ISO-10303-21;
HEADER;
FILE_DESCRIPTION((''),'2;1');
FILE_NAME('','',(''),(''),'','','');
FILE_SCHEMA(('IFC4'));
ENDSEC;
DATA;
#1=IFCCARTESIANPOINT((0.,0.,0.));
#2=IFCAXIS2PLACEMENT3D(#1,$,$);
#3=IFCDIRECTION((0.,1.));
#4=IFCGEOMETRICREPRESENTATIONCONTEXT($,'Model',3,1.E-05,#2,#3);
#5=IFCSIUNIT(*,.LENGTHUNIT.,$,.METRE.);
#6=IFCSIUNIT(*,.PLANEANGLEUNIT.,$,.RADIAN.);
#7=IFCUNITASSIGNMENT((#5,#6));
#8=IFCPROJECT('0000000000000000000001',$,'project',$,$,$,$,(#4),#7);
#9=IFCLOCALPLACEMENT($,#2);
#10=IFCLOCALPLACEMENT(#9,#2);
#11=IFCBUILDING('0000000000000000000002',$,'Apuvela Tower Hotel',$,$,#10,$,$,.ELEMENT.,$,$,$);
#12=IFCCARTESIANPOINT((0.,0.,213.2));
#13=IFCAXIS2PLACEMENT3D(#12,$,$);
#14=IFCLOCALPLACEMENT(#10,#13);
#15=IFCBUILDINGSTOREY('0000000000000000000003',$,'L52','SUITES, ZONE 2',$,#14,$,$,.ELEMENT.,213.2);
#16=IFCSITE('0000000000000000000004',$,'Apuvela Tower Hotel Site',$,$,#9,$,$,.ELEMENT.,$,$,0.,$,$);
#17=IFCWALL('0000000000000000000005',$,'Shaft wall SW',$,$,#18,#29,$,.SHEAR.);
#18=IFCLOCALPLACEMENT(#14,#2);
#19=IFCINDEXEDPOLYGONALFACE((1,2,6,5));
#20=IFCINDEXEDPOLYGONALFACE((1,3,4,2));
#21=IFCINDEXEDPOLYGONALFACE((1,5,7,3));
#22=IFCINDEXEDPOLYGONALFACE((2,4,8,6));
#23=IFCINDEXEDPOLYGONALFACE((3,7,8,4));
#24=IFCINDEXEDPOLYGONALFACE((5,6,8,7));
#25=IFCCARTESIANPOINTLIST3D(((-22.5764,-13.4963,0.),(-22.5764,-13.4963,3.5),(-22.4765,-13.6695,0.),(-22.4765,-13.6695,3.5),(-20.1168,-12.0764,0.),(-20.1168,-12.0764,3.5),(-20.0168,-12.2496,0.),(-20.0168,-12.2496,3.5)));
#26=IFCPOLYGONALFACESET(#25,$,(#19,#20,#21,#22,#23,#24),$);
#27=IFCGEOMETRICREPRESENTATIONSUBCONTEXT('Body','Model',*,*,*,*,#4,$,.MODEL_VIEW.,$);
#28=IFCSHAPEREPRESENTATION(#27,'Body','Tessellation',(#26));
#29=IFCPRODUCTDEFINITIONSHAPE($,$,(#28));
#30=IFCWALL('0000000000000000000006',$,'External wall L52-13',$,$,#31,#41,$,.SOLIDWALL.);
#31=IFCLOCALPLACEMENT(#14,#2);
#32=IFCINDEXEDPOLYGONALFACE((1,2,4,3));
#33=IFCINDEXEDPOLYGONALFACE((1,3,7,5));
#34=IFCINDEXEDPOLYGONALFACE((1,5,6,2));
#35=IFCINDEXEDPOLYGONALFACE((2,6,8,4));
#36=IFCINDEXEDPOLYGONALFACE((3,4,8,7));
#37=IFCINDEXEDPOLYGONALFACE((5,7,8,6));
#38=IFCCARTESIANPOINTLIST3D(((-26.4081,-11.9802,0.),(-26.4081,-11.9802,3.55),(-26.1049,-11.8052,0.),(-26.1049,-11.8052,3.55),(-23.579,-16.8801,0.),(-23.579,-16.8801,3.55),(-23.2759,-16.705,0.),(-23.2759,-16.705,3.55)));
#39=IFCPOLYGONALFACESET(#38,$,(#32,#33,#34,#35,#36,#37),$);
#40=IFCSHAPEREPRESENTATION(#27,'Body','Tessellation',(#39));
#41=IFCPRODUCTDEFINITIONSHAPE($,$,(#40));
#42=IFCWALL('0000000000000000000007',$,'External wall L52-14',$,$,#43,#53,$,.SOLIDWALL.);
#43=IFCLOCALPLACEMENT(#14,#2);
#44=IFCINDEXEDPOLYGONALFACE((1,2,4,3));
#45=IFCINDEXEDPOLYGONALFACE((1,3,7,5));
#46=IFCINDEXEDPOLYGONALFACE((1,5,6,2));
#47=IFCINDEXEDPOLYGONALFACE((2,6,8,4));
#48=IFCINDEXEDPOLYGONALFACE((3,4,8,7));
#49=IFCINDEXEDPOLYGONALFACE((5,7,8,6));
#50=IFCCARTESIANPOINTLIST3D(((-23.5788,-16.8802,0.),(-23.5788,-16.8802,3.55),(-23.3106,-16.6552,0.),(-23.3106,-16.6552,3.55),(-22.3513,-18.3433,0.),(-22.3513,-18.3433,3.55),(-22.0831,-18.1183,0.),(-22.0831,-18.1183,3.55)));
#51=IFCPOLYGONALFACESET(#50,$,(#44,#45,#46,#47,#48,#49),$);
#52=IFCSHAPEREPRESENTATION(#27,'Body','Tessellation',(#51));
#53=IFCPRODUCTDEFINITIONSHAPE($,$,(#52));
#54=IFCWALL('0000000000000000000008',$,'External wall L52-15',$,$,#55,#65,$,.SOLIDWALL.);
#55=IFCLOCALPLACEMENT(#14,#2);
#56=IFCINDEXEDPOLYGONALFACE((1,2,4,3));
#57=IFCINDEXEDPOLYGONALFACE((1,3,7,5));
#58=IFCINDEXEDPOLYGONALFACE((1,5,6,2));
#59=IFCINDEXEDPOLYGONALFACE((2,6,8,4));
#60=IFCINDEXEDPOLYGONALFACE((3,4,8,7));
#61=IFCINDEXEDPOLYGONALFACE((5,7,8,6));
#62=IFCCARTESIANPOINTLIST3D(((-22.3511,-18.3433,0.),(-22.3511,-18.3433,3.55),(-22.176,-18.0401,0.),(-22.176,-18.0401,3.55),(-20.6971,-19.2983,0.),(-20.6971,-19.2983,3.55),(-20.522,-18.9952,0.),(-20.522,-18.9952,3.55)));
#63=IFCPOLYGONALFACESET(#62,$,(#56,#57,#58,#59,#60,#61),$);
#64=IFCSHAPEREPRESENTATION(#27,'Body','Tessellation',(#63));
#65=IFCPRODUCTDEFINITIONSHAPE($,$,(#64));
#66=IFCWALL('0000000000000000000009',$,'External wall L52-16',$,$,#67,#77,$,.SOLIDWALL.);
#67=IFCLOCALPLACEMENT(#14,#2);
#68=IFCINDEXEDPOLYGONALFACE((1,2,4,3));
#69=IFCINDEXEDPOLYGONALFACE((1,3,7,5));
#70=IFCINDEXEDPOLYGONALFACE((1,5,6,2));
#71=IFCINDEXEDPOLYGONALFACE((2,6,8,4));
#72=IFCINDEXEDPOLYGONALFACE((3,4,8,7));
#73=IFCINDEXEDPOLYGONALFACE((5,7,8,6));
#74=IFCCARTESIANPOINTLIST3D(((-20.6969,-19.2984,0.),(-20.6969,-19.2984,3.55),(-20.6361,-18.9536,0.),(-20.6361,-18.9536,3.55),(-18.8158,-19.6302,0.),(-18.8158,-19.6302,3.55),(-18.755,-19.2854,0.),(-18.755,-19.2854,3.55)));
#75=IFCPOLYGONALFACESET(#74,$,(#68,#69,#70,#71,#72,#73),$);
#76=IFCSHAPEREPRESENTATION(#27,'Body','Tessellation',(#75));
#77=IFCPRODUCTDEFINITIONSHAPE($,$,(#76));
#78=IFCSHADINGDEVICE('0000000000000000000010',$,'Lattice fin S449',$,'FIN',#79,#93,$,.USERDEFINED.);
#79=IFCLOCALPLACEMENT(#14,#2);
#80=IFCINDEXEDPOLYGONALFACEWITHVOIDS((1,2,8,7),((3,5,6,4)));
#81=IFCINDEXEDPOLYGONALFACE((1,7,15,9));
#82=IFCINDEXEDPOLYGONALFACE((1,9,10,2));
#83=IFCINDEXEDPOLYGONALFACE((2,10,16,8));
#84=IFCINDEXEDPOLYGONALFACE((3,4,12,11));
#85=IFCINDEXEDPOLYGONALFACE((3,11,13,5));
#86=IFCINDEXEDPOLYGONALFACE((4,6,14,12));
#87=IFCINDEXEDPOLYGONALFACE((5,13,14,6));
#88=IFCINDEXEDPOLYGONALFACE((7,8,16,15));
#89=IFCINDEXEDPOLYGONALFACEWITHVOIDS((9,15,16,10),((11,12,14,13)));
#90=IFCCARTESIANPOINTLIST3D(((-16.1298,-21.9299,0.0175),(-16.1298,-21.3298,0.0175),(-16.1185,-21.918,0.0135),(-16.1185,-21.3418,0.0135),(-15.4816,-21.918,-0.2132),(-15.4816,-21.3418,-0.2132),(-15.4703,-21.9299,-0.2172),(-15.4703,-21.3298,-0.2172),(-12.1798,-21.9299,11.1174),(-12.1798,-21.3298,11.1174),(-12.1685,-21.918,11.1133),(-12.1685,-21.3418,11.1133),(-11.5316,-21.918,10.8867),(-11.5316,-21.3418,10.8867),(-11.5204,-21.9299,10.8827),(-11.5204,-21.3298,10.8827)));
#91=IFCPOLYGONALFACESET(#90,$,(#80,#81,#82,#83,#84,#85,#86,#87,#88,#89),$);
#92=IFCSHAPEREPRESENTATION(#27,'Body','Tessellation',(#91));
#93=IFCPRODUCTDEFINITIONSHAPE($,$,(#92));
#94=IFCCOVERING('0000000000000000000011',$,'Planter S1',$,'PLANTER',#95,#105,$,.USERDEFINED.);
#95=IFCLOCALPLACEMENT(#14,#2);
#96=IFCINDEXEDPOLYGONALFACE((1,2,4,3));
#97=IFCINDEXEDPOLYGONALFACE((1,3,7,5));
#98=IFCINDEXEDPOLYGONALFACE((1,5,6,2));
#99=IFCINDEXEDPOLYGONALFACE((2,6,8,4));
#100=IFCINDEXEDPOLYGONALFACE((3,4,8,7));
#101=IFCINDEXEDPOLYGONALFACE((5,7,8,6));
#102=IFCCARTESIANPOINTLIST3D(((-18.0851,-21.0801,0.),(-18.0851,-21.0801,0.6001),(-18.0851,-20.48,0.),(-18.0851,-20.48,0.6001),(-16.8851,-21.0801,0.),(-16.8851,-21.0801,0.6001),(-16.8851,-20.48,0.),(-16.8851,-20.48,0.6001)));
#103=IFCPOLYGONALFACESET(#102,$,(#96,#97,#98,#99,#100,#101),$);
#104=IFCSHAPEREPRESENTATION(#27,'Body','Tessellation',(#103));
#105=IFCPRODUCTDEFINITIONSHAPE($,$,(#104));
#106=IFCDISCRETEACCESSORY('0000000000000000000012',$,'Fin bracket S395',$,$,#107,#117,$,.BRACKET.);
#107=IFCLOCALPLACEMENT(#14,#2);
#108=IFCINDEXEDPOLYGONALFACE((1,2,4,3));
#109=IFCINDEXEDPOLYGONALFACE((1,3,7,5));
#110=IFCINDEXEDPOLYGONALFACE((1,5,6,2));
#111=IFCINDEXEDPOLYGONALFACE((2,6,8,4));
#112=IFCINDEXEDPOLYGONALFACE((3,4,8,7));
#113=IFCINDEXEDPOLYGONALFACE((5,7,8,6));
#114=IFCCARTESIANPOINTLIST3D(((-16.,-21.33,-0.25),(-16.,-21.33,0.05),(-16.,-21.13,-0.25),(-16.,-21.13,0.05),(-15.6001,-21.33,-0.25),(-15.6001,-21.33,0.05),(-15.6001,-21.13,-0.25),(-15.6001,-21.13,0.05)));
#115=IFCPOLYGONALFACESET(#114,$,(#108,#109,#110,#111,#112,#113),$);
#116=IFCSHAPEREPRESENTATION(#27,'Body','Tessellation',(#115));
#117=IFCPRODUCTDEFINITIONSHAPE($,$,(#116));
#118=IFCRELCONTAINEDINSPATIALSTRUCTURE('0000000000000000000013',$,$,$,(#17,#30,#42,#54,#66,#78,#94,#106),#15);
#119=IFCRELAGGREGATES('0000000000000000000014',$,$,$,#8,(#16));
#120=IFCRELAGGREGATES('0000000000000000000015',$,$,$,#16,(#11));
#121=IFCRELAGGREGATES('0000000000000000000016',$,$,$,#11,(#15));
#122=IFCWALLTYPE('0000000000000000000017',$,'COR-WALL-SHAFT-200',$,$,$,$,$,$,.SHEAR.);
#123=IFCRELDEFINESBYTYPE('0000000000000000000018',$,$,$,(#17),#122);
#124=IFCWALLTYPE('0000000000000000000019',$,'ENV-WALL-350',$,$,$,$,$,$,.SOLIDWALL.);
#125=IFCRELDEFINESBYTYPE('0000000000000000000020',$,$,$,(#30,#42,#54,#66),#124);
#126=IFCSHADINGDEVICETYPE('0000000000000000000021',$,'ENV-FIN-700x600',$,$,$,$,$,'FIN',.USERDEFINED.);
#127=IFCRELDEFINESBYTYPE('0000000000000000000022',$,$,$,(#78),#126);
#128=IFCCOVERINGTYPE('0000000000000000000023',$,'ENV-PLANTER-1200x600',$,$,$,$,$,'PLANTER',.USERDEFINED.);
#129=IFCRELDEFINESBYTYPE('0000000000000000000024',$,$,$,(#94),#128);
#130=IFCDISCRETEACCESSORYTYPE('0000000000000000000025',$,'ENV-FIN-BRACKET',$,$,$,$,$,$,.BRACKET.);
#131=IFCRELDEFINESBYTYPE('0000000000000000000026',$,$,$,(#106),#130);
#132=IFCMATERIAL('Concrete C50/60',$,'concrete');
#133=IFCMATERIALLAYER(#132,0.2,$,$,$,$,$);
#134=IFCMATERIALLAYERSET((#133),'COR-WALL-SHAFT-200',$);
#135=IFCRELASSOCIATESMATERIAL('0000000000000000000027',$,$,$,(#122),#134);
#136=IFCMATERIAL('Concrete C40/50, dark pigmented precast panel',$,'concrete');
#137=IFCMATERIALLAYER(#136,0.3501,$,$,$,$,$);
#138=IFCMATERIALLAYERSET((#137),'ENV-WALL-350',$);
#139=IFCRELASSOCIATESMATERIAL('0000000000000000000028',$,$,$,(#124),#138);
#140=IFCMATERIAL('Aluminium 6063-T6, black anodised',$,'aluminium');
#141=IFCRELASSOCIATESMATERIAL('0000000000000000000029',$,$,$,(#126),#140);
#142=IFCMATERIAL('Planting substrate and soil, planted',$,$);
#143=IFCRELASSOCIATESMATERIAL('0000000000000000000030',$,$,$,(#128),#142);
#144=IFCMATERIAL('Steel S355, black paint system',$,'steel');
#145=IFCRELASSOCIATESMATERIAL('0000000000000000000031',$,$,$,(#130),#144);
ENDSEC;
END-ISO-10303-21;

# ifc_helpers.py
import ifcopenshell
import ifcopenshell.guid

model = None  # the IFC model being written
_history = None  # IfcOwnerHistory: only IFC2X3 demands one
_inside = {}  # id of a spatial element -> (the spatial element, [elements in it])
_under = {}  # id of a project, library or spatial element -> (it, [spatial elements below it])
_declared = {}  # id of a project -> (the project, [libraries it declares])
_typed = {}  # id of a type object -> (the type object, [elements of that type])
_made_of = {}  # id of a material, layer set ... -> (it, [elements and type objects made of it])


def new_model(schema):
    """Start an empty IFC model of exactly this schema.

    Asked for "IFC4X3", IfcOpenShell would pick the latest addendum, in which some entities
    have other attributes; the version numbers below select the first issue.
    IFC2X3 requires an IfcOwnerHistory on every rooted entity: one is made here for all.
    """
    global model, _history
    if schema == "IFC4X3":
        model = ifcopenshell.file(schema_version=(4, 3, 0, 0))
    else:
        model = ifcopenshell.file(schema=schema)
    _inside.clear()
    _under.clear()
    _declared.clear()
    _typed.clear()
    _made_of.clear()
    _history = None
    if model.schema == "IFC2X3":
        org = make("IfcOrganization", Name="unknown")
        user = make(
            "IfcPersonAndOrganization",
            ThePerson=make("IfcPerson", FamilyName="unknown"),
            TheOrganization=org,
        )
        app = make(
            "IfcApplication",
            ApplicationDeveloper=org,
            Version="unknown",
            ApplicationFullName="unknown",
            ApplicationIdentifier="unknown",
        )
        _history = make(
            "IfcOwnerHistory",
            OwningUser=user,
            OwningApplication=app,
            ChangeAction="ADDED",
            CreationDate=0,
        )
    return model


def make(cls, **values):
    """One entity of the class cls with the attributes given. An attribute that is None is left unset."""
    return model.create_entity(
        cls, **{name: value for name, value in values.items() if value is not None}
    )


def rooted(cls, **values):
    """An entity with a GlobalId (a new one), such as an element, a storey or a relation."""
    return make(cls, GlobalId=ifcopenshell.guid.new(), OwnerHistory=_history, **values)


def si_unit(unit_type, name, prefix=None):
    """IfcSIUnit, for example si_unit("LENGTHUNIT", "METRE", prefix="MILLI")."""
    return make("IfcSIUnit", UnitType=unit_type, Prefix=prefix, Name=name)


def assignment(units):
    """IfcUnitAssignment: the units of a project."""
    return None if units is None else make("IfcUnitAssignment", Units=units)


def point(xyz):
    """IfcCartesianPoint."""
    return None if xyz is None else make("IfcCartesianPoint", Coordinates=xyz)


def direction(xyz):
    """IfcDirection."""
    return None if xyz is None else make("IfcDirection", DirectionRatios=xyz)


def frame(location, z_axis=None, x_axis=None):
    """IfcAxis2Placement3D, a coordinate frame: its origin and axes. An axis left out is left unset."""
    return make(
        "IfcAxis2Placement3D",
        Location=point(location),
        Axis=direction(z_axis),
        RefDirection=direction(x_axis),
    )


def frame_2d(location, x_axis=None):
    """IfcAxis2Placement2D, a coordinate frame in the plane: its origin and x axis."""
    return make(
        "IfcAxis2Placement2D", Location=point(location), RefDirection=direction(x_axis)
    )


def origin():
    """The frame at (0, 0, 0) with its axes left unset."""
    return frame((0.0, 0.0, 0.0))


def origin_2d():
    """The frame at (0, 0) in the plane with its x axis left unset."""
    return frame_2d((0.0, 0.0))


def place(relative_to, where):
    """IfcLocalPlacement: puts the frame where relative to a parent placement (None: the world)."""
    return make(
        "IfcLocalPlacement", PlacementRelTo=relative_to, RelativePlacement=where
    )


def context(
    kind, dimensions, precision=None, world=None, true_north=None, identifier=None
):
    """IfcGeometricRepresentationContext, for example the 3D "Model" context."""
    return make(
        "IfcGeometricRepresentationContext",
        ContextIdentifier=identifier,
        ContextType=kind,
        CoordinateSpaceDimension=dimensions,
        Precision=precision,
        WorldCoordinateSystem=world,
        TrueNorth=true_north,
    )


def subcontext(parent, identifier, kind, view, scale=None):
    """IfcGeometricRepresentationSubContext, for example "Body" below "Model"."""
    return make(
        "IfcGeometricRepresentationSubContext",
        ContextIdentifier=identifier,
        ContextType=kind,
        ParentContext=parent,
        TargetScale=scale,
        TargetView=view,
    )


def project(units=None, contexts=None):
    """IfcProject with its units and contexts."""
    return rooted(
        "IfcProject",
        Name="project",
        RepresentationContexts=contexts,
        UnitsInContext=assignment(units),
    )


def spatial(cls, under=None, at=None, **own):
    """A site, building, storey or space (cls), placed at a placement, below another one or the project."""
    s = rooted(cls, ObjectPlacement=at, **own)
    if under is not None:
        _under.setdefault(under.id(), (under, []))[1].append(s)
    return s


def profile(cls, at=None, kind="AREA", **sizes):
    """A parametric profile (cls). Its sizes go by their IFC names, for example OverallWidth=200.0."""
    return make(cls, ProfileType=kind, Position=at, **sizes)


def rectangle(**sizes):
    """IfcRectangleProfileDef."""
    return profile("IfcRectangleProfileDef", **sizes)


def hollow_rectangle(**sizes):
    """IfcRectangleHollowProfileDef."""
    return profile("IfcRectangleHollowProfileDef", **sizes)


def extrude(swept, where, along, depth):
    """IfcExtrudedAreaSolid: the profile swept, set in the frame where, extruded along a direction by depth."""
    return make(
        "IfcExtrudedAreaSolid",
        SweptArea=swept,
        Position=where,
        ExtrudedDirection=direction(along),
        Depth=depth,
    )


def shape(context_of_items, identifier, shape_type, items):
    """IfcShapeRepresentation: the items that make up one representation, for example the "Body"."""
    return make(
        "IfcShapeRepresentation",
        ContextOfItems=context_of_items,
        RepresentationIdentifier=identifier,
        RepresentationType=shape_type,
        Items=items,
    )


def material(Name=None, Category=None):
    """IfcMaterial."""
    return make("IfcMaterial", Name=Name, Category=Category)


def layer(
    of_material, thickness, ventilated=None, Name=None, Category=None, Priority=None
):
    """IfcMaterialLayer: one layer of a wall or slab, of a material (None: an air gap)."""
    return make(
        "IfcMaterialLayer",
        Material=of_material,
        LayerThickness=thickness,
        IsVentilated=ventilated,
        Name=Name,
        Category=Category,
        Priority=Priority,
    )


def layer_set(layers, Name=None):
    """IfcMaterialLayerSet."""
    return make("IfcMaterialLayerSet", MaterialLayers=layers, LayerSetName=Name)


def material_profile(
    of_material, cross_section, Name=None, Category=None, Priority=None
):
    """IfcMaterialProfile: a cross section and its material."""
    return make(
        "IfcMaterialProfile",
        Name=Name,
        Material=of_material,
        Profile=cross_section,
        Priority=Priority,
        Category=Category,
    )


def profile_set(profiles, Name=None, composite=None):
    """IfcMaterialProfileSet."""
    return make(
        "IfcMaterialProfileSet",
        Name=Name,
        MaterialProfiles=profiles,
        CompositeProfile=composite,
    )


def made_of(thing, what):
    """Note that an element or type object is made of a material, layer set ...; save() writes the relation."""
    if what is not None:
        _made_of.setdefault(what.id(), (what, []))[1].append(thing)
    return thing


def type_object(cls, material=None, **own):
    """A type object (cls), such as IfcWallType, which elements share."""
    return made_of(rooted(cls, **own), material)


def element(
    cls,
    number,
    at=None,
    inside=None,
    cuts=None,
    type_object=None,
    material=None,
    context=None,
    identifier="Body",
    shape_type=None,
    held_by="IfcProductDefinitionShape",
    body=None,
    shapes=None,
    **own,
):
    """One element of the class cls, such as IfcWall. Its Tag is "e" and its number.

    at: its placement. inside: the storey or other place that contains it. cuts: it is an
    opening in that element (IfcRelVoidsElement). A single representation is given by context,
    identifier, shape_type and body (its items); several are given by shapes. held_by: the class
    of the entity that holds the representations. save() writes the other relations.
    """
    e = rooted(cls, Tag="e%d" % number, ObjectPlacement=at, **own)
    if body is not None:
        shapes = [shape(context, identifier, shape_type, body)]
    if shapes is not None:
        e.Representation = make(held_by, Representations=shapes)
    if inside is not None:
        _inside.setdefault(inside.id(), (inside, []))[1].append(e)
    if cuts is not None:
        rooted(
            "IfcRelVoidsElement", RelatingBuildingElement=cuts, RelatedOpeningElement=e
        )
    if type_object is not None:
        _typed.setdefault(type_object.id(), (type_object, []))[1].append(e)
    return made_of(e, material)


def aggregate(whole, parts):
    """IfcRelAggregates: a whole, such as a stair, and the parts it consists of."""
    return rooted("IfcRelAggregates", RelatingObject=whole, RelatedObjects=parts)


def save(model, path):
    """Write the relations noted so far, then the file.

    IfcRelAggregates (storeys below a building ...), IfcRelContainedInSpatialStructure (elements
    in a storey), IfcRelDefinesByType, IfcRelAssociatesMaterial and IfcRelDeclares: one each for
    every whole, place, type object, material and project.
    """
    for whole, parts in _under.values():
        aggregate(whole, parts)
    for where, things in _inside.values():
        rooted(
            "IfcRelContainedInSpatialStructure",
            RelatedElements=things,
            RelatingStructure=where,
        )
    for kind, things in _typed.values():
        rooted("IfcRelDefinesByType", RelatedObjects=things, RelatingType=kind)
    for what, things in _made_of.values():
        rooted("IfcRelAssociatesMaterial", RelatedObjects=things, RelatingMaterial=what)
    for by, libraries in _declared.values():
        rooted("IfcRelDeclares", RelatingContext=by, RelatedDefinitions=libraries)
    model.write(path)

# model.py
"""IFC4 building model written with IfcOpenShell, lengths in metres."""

from ifc_helpers import new_model, si_unit, direction, frame, frame_2d, origin, origin_2d, place, context, subcontext, project, spatial, rectangle, hollow_rectangle, extrude, material, layer, layer_set, material_profile, profile_set, type_object, element, save


model = new_model("IFC4")

# Units and contexts
model_context = context("Model", 3, precision=1e-05, world=origin(), true_north=direction((0.0, 1.0)))
body_context = subcontext(model_context, "Body", "Model", "MODEL_VIEW")
ifc_project = project(units=[si_unit("LENGTHUNIT", "METRE"), si_unit("PLANEANGLEUNIT", "RADIAN")], contexts=[model_context])

# Site, building, storey
site_placement = place(None, origin())
site = spatial("IfcSite", under=ifc_project, at=site_placement, Name="Apuvela Tower Hotel Site", CompositionType="ELEMENT", RefElevation=0.0)
building_placement = place(site_placement, origin())
building = spatial("IfcBuilding", under=site, at=building_placement, Name="Apuvela Tower Hotel", CompositionType="ELEMENT")
storey_placement = place(building_placement, frame((0.0, 0.0, 213.2)))
storey = spatial("IfcBuildingStorey", under=building, at=storey_placement, Name="L52", Description="SUITES, ZONE 2", CompositionType="ELEMENT", Elevation=213.2)

# Shared definitions
ifc_material_1 = material(Name="Concrete C50/60", Category="concrete")
ifc_layer_1 = layer(ifc_material_1, 0.2)
ifc_layer_set_1 = layer_set([ifc_layer_1], Name="COR-WALL-SHAFT-200")
wall_type_1 = type_object("IfcWallType", Name="COR-WALL-SHAFT-200", PredefinedType="SHEAR", material=ifc_layer_set_1)

# Walls
wall_1_placement = place(storey_placement, frame((-20.0669, -12.1631, 0.0), z_axis=(0.0, 0.0, 1.0), x_axis=(-0.866055, -0.499948, 0.0)))
element("IfcWall", 1, at=wall_1_placement, inside=storey, type_object=wall_type_1, Name="Shaft wall SW", PredefinedType="SHEAR", context=body_context, shape_type="SweptSolid", body=[
    extrude(rectangle(XDim=2.8401, YDim=0.2, at=frame_2d((1.4199, 0.0))), origin(), (0.0, 0.0, 1.0), 3.5),
])
ifc_material_2 = material(Name="Concrete C40/50, dark pigmented precast panel", Category="concrete")
ifc_layer_2 = layer(ifc_material_2, 0.3501)
ifc_layer_set_2 = layer_set([ifc_layer_2], Name="ENV-WALL-350")
wall_type_2 = type_object("IfcWallType", Name="ENV-WALL-350", PredefinedType="SOLIDWALL", material=ifc_layer_set_2)
wall_2_placement = place(storey_placement, frame((-26.2566, -11.8926, 0.0), z_axis=(0.0, 0.0, 1.0), x_axis=(0.500019, -0.866015, 0.0)))
element("IfcWall", 2, at=wall_2_placement, inside=storey, type_object=wall_type_2, Name="External wall L52-13", PredefinedType="SOLIDWALL", context=body_context, shape_type="SweptSolid", body=[
    extrude(rectangle(XDim=5.658, YDim=0.3501, at=frame_2d((2.8291, 0.0))), origin(), (0.0, 0.0, 1.0), 3.55),
])
for number, where, z_axis, x_axis, name in (
    (3, (-23.4448, -16.7676, 0.0), (0.0, 0.0, 1.0), (0.642733, -0.76609, 0.0), "External wall L52-14"),
    (4, (-22.2637, -18.1917, 0.0), (0.0, 0.0, 1.0), (0.866, -0.500043, 0.0), "External wall L52-15"),
):
    element("IfcWall", number, at=place(storey_placement, frame(where, z_axis=z_axis, x_axis=x_axis)), inside=storey, type_object=wall_type_2, Name=name, PredefinedType="SOLIDWALL", context=body_context, shape_type="SweptSolid", body=[
        extrude(rectangle(XDim=1.9099, YDim=0.3501, at=frame_2d((0.9551, 0.0))), origin(), (0.0, 0.0, 1.0), 3.55),
    ])
wall_3_placement = place(storey_placement, frame((-20.6665, -19.126, 0.0), z_axis=(0.0, 0.0, 1.0), x_axis=(0.984799, -0.173698, 0.0)))
element("IfcWall", 5, at=wall_3_placement, inside=storey, type_object=wall_type_2, Name="External wall L52-16", PredefinedType="SOLIDWALL", context=body_context, shape_type="SweptSolid", body=[
    extrude(rectangle(XDim=1.9102, YDim=0.3501, at=frame_2d((0.9551, 0.0))), origin(), (0.0, 0.0, 1.0), 3.55),
])

# Shading device
ifc_material_3 = material(Name="Aluminium 6063-T6, black anodised", Category="aluminium")
ifc_material_profile_1 = material_profile(ifc_material_3, hollow_rectangle(XDim=0.6001, YDim=0.7, WallThickness=0.012, at=origin_2d()), Name="AL BOX 700x600x12")
ifc_profile_set_1 = profile_set([ifc_material_profile_1], Name="Aluminium 6063-T6, black anodised")
shading_device_type = type_object("IfcShadingDeviceType", Name="ENV-FIN-700x600", ElementType="FIN", PredefinedType="USERDEFINED", material=ifc_profile_set_1)
shading_device_placement = place(storey_placement, frame((-15.8, -21.6299, -0.0999), z_axis=(0.335261, 0.0, 0.942125), x_axis=(0.0, 1.0, 0.0)))
element("IfcShadingDevice", 6, at=shading_device_placement, inside=storey, type_object=shading_device_type, Name="Lattice fin S449", ObjectType="FIN", PredefinedType="USERDEFINED", context=body_context, shape_type="SweptSolid", body=[
    extrude(hollow_rectangle(XDim=0.6001, YDim=0.7, WallThickness=0.012, at=origin_2d()), origin(), (0.0, 0.0, 1.0), 11.7817),
])

# Covering
ifc_material_4 = material(Name="Planting substrate and soil, planted")
covering_type = type_object("IfcCoveringType", Name="ENV-PLANTER-1200x600", ElementType="PLANTER", PredefinedType="USERDEFINED", material=ifc_material_4)
covering_placement = place(storey_placement, frame((-17.4851, -20.78, 0.0), z_axis=(0.0, 0.0, 1.0), x_axis=(1.0, 0.0, 0.0)))
element("IfcCovering", 7, at=covering_placement, inside=storey, type_object=covering_type, Name="Planter S1", ObjectType="PLANTER", PredefinedType="USERDEFINED", context=body_context, shape_type="SweptSolid", body=[
    extrude(rectangle(XDim=1.2, YDim=0.6001, at=origin_2d()), origin(), (0.0, 0.0, 1.0), 0.6001),
])

# Discrete accessory
ifc_material_5 = material(Name="Steel S355, black paint system", Category="steel")
discrete_accessory_type = type_object("IfcDiscreteAccessoryType", Name="ENV-FIN-BRACKET", PredefinedType="BRACKET", material=ifc_material_5)
discrete_accessory_placement = place(storey_placement, frame((-15.8, -21.23, -0.25), z_axis=(0.0, 0.0, 1.0), x_axis=(1.0, 0.0, 0.0)))
element("IfcDiscreteAccessory", 8, at=discrete_accessory_placement, inside=storey, type_object=discrete_accessory_type, Name="Fin bracket S395", PredefinedType="BRACKET", context=body_context, shape_type="SweptSolid", body=[
    extrude(rectangle(XDim=0.3999, YDim=0.2, at=origin_2d()), origin(), (0.0, 0.0, 1.0), 0.3),
])

save(model, "model.ifc")
